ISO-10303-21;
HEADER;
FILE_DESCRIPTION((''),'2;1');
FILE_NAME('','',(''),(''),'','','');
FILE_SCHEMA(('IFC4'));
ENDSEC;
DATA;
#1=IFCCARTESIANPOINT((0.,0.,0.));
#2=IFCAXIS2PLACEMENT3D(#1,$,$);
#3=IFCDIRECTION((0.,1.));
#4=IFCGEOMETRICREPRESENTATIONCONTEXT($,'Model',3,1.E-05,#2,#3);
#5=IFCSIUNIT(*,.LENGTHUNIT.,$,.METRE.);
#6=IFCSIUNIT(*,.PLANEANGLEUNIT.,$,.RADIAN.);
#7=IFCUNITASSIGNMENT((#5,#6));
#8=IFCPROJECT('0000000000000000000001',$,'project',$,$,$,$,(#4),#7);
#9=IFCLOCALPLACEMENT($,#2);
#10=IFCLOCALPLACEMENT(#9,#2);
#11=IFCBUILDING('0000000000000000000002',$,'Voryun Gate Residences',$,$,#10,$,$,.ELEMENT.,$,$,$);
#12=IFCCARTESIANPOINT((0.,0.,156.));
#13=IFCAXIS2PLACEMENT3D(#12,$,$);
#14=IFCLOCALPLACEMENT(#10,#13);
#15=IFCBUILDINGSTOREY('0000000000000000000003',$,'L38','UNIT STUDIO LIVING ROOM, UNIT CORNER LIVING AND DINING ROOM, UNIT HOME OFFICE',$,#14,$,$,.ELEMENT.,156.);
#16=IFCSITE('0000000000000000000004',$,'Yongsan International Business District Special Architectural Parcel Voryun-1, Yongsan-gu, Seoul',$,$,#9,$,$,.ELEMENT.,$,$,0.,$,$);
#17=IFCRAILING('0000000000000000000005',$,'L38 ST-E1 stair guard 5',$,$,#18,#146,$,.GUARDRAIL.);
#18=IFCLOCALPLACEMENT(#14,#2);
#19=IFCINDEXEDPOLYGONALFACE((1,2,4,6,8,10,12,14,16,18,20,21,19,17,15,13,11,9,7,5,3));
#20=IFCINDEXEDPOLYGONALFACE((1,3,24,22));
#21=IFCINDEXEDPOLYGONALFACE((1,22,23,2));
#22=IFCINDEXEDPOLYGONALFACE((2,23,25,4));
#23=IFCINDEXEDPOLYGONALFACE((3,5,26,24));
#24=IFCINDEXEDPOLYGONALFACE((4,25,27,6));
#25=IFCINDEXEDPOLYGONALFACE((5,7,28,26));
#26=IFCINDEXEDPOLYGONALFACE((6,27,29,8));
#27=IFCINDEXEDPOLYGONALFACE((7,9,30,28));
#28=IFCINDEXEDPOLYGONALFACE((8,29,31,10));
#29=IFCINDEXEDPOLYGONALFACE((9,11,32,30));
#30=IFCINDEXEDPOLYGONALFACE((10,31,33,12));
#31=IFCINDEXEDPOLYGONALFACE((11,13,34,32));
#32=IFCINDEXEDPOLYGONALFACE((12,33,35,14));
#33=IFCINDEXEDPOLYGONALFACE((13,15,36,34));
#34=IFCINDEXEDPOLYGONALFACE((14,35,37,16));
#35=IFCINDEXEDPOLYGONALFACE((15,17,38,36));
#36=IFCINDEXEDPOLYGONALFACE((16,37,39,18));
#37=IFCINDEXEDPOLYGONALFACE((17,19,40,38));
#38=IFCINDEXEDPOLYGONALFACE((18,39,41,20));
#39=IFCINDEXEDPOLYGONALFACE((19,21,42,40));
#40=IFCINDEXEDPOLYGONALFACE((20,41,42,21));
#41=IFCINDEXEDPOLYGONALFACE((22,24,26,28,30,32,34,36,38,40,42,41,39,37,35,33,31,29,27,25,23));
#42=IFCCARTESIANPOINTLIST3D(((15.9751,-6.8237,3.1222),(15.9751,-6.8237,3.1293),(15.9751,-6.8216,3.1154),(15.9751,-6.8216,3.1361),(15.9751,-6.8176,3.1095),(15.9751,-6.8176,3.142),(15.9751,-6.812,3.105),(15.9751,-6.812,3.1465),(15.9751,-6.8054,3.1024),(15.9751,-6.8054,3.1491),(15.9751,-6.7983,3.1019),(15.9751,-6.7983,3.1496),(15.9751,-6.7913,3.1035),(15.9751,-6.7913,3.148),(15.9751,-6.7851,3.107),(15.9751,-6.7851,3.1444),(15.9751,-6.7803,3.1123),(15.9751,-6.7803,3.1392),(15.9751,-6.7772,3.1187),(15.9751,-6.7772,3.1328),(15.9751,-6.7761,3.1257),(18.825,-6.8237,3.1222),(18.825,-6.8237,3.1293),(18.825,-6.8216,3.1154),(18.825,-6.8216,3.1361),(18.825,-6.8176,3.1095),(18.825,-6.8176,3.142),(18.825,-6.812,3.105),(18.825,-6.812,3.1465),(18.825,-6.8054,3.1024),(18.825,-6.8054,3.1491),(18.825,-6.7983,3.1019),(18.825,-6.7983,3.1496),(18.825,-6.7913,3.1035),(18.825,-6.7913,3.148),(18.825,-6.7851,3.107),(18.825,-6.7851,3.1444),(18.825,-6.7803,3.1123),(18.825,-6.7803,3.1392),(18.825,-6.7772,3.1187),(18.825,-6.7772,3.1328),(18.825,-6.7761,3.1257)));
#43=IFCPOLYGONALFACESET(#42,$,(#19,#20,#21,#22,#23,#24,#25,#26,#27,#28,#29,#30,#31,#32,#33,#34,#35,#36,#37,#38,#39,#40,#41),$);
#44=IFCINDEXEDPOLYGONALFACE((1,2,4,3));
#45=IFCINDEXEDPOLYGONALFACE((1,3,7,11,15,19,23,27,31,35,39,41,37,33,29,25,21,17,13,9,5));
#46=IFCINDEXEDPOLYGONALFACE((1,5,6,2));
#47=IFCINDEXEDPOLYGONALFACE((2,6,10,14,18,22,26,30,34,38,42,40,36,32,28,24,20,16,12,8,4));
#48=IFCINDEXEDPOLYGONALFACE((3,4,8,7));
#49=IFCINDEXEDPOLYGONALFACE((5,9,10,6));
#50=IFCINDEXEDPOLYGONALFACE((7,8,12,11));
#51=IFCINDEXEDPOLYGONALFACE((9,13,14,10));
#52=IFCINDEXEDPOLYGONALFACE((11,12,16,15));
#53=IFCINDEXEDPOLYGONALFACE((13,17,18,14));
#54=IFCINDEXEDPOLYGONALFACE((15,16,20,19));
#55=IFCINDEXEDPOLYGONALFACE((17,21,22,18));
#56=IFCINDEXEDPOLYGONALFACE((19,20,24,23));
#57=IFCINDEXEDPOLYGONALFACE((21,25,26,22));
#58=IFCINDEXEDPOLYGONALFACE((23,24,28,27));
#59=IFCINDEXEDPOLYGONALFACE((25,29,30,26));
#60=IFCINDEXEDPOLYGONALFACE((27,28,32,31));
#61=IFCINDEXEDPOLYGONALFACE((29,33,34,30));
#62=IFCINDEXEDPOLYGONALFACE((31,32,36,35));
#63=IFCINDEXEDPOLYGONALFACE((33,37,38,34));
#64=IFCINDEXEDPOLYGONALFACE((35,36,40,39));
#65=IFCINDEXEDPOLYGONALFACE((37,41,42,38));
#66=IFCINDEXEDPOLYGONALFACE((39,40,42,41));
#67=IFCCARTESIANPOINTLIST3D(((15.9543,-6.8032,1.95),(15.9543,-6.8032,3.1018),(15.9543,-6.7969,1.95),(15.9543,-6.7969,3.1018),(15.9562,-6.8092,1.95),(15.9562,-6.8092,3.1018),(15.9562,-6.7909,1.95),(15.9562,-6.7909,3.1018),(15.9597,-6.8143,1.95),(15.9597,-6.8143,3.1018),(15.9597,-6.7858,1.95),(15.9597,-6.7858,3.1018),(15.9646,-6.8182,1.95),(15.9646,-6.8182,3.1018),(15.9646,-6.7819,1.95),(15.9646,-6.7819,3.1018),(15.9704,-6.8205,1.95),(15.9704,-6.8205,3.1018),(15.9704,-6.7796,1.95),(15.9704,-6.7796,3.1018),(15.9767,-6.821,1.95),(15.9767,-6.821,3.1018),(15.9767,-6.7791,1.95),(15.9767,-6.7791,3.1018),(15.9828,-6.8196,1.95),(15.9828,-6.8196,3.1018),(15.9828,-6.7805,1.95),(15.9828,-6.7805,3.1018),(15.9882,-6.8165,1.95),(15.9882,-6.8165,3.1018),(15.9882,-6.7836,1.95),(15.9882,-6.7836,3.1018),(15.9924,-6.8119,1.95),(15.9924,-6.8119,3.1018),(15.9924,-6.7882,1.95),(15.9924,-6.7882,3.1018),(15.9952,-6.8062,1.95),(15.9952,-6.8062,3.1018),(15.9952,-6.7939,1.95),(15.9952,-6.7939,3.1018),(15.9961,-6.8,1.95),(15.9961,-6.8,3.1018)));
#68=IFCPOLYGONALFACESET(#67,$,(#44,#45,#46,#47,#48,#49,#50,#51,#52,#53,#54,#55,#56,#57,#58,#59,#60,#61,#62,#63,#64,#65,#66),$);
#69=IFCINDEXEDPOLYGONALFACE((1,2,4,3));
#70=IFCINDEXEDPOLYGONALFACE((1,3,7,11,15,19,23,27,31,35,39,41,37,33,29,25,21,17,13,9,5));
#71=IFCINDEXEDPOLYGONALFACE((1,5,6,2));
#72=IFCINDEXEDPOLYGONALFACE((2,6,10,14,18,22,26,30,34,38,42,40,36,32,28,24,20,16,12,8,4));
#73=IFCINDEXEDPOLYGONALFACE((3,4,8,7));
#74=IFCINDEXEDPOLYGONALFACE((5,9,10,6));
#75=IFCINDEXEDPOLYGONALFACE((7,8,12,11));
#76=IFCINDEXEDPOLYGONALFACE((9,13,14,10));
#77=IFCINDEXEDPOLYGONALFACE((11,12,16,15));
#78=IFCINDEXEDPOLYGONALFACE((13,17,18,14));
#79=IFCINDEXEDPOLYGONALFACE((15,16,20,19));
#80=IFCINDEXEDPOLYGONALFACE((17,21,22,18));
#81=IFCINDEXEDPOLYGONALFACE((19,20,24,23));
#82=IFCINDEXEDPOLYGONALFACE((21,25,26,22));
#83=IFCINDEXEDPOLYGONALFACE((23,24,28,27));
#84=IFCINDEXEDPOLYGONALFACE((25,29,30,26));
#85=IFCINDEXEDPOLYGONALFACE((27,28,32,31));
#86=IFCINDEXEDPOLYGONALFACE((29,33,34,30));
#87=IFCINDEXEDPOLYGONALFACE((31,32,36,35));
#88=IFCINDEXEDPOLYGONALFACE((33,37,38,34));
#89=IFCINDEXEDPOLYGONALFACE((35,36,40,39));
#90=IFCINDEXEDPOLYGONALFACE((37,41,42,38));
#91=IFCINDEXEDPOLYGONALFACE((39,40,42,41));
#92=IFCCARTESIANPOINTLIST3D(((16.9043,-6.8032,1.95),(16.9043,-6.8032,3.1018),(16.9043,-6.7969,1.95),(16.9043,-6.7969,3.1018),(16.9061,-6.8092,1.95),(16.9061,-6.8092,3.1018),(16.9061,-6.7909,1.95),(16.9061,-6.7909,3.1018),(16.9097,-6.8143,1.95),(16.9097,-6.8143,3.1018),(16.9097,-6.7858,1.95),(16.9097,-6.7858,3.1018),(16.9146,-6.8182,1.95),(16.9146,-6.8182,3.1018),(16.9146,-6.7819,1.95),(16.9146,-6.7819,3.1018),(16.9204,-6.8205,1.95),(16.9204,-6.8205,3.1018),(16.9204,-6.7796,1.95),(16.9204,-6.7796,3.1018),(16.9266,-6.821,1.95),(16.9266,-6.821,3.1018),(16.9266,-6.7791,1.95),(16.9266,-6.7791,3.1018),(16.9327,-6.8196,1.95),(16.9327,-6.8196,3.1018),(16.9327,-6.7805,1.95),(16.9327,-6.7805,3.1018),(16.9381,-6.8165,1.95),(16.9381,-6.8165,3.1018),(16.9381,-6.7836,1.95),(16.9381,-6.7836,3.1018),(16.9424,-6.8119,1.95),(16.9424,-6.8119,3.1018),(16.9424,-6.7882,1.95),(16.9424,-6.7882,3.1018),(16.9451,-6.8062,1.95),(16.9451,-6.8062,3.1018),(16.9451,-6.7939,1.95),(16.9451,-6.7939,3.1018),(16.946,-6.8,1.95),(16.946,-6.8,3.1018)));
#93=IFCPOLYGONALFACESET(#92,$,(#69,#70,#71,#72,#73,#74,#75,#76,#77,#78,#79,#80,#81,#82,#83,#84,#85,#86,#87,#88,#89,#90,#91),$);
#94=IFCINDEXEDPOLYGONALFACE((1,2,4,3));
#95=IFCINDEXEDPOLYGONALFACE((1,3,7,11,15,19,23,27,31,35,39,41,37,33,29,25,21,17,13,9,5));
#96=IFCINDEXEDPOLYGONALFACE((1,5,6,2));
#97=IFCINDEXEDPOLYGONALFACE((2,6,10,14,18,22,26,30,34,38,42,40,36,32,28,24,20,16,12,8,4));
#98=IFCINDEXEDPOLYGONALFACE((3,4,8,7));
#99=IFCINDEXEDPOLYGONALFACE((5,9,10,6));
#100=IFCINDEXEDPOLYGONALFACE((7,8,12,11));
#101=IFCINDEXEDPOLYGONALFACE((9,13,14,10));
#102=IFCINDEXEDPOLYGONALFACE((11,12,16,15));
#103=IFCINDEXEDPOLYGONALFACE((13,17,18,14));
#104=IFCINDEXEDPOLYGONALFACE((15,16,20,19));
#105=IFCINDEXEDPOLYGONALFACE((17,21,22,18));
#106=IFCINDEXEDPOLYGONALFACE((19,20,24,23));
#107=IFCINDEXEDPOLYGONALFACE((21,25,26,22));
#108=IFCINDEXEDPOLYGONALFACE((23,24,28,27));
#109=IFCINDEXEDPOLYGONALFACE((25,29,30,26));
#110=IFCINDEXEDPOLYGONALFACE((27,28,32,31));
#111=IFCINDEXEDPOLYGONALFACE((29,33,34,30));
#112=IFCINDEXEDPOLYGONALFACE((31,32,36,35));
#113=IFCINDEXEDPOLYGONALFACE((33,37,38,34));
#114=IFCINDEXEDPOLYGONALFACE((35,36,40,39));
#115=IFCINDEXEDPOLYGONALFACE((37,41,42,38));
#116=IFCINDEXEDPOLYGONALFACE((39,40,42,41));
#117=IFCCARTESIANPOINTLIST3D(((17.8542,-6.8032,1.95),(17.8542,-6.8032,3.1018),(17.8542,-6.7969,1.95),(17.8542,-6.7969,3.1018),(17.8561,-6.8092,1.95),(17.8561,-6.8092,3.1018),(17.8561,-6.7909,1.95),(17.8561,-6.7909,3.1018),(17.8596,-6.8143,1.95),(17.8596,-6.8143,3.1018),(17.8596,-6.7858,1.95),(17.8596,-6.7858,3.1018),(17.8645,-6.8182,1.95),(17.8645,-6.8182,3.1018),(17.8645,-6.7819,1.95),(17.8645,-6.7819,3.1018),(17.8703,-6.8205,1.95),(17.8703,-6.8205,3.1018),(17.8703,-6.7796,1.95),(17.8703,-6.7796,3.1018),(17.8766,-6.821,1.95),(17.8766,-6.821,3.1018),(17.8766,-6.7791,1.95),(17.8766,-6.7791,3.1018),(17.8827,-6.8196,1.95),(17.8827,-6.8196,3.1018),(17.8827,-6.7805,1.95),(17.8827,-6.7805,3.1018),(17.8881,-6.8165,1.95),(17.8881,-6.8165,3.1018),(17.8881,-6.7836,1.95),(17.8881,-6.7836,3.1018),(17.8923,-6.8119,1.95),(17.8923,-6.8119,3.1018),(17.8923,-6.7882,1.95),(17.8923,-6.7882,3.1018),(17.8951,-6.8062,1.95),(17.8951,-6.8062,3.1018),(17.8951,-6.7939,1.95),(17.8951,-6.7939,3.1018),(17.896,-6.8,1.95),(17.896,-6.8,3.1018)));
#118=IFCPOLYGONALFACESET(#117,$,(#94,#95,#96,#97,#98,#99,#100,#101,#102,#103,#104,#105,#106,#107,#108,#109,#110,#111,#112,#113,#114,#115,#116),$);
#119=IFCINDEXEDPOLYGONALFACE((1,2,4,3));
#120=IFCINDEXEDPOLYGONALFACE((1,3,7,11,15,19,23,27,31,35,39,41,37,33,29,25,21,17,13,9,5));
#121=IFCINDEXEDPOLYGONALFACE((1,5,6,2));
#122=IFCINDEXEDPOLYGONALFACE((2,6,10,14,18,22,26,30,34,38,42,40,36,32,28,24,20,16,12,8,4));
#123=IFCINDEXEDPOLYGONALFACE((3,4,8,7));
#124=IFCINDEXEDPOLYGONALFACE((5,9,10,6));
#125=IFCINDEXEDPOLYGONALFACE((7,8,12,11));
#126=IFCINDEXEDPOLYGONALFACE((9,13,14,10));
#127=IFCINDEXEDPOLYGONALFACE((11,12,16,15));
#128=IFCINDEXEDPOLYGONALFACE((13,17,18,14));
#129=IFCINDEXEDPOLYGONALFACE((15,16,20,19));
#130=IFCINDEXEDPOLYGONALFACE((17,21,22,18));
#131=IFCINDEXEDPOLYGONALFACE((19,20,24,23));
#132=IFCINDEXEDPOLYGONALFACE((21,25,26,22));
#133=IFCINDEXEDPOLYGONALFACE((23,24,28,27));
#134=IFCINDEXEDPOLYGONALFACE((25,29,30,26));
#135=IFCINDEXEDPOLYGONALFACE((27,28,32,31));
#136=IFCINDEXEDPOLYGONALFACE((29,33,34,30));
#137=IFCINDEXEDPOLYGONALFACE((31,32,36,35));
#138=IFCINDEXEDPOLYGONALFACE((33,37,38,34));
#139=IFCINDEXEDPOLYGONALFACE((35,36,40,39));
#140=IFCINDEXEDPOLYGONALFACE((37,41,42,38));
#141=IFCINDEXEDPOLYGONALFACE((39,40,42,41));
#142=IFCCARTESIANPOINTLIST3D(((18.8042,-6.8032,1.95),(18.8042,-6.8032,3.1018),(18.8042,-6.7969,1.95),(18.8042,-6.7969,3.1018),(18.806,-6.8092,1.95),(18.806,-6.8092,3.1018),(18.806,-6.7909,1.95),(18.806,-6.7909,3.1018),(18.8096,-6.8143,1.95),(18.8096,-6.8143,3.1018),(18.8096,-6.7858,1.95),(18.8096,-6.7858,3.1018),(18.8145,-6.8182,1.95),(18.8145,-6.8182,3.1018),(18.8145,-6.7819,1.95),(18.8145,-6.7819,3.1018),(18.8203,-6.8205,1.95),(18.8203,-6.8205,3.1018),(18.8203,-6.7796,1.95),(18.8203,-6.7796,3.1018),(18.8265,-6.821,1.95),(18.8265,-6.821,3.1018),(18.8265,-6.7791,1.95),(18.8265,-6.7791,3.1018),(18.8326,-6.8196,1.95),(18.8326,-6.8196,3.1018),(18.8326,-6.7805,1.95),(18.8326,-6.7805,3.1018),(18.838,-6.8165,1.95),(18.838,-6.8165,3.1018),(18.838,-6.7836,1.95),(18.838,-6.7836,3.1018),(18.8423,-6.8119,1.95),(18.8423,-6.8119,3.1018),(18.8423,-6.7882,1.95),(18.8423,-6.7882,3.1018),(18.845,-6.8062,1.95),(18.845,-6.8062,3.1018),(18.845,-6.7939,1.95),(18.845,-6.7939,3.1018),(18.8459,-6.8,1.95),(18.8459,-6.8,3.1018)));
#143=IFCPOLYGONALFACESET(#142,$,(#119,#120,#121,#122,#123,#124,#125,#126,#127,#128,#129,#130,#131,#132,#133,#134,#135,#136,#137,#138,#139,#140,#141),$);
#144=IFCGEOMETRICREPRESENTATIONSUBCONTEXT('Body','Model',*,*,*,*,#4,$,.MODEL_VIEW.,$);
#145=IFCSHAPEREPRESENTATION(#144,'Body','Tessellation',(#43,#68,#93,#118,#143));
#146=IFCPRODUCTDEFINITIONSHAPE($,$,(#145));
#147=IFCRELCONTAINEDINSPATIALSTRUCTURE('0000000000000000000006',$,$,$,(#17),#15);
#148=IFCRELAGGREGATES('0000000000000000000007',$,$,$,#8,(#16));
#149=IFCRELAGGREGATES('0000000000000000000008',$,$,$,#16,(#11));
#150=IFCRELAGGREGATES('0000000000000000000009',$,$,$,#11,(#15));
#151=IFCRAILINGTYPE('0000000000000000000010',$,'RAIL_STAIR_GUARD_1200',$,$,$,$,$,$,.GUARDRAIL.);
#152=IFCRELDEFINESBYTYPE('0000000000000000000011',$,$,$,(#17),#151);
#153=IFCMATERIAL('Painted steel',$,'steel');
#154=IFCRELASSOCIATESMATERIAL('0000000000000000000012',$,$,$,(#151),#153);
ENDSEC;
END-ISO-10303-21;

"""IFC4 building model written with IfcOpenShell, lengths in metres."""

from ifc_helpers import new_model, si_unit, direction, frame, origin, origin_2d, place, context, subcontext, project, spatial, circle, extrude, material, type_object, element, save


model = new_model("IFC4")

# Units and contexts
model_context = context("Model", 3, precision=1e-05, world=origin(), true_north=direction((0.0, 1.0)))
body_context = subcontext(model_context, "Body", "Model", "MODEL_VIEW")
ifc_project = project(units=[si_unit("LENGTHUNIT", "METRE"), si_unit("PLANEANGLEUNIT", "RADIAN")], contexts=[model_context])

# Site, building, storey
site_placement = place(None, origin())
site = spatial("IfcSite", under=ifc_project, at=site_placement, Name="Yongsan International Business District Special Architectural Parcel Voryun-1, Yongsan-gu, Seoul", CompositionType="ELEMENT", RefElevation=0.0)
building_placement = place(site_placement, origin())
building = spatial("IfcBuilding", under=site, at=building_placement, Name="Voryun Gate Residences", CompositionType="ELEMENT")
storey_placement = place(building_placement, frame((0.0, 0.0, 156.0)))
storey = spatial("IfcBuildingStorey", under=building, at=storey_placement, Name="L38", Description="UNIT STUDIO LIVING ROOM, UNIT CORNER LIVING AND DINING ROOM, UNIT HOME OFFICE", CompositionType="ELEMENT", Elevation=156.0)

# Railing
ifc_material_1 = material(Name="Painted steel", Category="steel")
railing_type_1 = type_object("IfcRailingType", Name="RAIL_STAIR_GUARD_1200", PredefinedType="GUARDRAIL", material=ifc_material_1)
railing_1_placement = place(storey_placement, frame((15.9751, -6.8, 1.95)))
element("IfcRailing", 1, at=railing_1_placement, inside=storey, type_object=railing_type_1, Name="L38 ST-E1 stair guard 5", PredefinedType="GUARDRAIL", context=body_context, shape_type="SweptSolid", body=[
    extrude(circle(Radius=0.0239, at=origin_2d()), frame((0.0, 0.0, 1.1758), z_axis=(1.0, 0.0, 0.0), x_axis=(0.0, 1.0, 0.0)), (0.0, 0.0, 1.0), 2.8499),
    extrude(circle(Radius=0.021, at=origin_2d()), origin(), (0.0, 0.0, 1.0), 1.1519),
    extrude(circle(Radius=0.021, at=origin_2d()), frame((0.95, 0.0, 0.0)), (0.0, 0.0, 1.0), 1.1519),
    extrude(circle(Radius=0.021, at=origin_2d()), frame((1.8999, 0.0, 0.0)), (0.0, 0.0, 1.0), 1.1519),
    extrude(circle(Radius=0.021, at=origin_2d()), frame((2.8499, 0.0, 0.0)), (0.0, 0.0, 1.0), 1.1519),
])

save(model, "model.ifc")
